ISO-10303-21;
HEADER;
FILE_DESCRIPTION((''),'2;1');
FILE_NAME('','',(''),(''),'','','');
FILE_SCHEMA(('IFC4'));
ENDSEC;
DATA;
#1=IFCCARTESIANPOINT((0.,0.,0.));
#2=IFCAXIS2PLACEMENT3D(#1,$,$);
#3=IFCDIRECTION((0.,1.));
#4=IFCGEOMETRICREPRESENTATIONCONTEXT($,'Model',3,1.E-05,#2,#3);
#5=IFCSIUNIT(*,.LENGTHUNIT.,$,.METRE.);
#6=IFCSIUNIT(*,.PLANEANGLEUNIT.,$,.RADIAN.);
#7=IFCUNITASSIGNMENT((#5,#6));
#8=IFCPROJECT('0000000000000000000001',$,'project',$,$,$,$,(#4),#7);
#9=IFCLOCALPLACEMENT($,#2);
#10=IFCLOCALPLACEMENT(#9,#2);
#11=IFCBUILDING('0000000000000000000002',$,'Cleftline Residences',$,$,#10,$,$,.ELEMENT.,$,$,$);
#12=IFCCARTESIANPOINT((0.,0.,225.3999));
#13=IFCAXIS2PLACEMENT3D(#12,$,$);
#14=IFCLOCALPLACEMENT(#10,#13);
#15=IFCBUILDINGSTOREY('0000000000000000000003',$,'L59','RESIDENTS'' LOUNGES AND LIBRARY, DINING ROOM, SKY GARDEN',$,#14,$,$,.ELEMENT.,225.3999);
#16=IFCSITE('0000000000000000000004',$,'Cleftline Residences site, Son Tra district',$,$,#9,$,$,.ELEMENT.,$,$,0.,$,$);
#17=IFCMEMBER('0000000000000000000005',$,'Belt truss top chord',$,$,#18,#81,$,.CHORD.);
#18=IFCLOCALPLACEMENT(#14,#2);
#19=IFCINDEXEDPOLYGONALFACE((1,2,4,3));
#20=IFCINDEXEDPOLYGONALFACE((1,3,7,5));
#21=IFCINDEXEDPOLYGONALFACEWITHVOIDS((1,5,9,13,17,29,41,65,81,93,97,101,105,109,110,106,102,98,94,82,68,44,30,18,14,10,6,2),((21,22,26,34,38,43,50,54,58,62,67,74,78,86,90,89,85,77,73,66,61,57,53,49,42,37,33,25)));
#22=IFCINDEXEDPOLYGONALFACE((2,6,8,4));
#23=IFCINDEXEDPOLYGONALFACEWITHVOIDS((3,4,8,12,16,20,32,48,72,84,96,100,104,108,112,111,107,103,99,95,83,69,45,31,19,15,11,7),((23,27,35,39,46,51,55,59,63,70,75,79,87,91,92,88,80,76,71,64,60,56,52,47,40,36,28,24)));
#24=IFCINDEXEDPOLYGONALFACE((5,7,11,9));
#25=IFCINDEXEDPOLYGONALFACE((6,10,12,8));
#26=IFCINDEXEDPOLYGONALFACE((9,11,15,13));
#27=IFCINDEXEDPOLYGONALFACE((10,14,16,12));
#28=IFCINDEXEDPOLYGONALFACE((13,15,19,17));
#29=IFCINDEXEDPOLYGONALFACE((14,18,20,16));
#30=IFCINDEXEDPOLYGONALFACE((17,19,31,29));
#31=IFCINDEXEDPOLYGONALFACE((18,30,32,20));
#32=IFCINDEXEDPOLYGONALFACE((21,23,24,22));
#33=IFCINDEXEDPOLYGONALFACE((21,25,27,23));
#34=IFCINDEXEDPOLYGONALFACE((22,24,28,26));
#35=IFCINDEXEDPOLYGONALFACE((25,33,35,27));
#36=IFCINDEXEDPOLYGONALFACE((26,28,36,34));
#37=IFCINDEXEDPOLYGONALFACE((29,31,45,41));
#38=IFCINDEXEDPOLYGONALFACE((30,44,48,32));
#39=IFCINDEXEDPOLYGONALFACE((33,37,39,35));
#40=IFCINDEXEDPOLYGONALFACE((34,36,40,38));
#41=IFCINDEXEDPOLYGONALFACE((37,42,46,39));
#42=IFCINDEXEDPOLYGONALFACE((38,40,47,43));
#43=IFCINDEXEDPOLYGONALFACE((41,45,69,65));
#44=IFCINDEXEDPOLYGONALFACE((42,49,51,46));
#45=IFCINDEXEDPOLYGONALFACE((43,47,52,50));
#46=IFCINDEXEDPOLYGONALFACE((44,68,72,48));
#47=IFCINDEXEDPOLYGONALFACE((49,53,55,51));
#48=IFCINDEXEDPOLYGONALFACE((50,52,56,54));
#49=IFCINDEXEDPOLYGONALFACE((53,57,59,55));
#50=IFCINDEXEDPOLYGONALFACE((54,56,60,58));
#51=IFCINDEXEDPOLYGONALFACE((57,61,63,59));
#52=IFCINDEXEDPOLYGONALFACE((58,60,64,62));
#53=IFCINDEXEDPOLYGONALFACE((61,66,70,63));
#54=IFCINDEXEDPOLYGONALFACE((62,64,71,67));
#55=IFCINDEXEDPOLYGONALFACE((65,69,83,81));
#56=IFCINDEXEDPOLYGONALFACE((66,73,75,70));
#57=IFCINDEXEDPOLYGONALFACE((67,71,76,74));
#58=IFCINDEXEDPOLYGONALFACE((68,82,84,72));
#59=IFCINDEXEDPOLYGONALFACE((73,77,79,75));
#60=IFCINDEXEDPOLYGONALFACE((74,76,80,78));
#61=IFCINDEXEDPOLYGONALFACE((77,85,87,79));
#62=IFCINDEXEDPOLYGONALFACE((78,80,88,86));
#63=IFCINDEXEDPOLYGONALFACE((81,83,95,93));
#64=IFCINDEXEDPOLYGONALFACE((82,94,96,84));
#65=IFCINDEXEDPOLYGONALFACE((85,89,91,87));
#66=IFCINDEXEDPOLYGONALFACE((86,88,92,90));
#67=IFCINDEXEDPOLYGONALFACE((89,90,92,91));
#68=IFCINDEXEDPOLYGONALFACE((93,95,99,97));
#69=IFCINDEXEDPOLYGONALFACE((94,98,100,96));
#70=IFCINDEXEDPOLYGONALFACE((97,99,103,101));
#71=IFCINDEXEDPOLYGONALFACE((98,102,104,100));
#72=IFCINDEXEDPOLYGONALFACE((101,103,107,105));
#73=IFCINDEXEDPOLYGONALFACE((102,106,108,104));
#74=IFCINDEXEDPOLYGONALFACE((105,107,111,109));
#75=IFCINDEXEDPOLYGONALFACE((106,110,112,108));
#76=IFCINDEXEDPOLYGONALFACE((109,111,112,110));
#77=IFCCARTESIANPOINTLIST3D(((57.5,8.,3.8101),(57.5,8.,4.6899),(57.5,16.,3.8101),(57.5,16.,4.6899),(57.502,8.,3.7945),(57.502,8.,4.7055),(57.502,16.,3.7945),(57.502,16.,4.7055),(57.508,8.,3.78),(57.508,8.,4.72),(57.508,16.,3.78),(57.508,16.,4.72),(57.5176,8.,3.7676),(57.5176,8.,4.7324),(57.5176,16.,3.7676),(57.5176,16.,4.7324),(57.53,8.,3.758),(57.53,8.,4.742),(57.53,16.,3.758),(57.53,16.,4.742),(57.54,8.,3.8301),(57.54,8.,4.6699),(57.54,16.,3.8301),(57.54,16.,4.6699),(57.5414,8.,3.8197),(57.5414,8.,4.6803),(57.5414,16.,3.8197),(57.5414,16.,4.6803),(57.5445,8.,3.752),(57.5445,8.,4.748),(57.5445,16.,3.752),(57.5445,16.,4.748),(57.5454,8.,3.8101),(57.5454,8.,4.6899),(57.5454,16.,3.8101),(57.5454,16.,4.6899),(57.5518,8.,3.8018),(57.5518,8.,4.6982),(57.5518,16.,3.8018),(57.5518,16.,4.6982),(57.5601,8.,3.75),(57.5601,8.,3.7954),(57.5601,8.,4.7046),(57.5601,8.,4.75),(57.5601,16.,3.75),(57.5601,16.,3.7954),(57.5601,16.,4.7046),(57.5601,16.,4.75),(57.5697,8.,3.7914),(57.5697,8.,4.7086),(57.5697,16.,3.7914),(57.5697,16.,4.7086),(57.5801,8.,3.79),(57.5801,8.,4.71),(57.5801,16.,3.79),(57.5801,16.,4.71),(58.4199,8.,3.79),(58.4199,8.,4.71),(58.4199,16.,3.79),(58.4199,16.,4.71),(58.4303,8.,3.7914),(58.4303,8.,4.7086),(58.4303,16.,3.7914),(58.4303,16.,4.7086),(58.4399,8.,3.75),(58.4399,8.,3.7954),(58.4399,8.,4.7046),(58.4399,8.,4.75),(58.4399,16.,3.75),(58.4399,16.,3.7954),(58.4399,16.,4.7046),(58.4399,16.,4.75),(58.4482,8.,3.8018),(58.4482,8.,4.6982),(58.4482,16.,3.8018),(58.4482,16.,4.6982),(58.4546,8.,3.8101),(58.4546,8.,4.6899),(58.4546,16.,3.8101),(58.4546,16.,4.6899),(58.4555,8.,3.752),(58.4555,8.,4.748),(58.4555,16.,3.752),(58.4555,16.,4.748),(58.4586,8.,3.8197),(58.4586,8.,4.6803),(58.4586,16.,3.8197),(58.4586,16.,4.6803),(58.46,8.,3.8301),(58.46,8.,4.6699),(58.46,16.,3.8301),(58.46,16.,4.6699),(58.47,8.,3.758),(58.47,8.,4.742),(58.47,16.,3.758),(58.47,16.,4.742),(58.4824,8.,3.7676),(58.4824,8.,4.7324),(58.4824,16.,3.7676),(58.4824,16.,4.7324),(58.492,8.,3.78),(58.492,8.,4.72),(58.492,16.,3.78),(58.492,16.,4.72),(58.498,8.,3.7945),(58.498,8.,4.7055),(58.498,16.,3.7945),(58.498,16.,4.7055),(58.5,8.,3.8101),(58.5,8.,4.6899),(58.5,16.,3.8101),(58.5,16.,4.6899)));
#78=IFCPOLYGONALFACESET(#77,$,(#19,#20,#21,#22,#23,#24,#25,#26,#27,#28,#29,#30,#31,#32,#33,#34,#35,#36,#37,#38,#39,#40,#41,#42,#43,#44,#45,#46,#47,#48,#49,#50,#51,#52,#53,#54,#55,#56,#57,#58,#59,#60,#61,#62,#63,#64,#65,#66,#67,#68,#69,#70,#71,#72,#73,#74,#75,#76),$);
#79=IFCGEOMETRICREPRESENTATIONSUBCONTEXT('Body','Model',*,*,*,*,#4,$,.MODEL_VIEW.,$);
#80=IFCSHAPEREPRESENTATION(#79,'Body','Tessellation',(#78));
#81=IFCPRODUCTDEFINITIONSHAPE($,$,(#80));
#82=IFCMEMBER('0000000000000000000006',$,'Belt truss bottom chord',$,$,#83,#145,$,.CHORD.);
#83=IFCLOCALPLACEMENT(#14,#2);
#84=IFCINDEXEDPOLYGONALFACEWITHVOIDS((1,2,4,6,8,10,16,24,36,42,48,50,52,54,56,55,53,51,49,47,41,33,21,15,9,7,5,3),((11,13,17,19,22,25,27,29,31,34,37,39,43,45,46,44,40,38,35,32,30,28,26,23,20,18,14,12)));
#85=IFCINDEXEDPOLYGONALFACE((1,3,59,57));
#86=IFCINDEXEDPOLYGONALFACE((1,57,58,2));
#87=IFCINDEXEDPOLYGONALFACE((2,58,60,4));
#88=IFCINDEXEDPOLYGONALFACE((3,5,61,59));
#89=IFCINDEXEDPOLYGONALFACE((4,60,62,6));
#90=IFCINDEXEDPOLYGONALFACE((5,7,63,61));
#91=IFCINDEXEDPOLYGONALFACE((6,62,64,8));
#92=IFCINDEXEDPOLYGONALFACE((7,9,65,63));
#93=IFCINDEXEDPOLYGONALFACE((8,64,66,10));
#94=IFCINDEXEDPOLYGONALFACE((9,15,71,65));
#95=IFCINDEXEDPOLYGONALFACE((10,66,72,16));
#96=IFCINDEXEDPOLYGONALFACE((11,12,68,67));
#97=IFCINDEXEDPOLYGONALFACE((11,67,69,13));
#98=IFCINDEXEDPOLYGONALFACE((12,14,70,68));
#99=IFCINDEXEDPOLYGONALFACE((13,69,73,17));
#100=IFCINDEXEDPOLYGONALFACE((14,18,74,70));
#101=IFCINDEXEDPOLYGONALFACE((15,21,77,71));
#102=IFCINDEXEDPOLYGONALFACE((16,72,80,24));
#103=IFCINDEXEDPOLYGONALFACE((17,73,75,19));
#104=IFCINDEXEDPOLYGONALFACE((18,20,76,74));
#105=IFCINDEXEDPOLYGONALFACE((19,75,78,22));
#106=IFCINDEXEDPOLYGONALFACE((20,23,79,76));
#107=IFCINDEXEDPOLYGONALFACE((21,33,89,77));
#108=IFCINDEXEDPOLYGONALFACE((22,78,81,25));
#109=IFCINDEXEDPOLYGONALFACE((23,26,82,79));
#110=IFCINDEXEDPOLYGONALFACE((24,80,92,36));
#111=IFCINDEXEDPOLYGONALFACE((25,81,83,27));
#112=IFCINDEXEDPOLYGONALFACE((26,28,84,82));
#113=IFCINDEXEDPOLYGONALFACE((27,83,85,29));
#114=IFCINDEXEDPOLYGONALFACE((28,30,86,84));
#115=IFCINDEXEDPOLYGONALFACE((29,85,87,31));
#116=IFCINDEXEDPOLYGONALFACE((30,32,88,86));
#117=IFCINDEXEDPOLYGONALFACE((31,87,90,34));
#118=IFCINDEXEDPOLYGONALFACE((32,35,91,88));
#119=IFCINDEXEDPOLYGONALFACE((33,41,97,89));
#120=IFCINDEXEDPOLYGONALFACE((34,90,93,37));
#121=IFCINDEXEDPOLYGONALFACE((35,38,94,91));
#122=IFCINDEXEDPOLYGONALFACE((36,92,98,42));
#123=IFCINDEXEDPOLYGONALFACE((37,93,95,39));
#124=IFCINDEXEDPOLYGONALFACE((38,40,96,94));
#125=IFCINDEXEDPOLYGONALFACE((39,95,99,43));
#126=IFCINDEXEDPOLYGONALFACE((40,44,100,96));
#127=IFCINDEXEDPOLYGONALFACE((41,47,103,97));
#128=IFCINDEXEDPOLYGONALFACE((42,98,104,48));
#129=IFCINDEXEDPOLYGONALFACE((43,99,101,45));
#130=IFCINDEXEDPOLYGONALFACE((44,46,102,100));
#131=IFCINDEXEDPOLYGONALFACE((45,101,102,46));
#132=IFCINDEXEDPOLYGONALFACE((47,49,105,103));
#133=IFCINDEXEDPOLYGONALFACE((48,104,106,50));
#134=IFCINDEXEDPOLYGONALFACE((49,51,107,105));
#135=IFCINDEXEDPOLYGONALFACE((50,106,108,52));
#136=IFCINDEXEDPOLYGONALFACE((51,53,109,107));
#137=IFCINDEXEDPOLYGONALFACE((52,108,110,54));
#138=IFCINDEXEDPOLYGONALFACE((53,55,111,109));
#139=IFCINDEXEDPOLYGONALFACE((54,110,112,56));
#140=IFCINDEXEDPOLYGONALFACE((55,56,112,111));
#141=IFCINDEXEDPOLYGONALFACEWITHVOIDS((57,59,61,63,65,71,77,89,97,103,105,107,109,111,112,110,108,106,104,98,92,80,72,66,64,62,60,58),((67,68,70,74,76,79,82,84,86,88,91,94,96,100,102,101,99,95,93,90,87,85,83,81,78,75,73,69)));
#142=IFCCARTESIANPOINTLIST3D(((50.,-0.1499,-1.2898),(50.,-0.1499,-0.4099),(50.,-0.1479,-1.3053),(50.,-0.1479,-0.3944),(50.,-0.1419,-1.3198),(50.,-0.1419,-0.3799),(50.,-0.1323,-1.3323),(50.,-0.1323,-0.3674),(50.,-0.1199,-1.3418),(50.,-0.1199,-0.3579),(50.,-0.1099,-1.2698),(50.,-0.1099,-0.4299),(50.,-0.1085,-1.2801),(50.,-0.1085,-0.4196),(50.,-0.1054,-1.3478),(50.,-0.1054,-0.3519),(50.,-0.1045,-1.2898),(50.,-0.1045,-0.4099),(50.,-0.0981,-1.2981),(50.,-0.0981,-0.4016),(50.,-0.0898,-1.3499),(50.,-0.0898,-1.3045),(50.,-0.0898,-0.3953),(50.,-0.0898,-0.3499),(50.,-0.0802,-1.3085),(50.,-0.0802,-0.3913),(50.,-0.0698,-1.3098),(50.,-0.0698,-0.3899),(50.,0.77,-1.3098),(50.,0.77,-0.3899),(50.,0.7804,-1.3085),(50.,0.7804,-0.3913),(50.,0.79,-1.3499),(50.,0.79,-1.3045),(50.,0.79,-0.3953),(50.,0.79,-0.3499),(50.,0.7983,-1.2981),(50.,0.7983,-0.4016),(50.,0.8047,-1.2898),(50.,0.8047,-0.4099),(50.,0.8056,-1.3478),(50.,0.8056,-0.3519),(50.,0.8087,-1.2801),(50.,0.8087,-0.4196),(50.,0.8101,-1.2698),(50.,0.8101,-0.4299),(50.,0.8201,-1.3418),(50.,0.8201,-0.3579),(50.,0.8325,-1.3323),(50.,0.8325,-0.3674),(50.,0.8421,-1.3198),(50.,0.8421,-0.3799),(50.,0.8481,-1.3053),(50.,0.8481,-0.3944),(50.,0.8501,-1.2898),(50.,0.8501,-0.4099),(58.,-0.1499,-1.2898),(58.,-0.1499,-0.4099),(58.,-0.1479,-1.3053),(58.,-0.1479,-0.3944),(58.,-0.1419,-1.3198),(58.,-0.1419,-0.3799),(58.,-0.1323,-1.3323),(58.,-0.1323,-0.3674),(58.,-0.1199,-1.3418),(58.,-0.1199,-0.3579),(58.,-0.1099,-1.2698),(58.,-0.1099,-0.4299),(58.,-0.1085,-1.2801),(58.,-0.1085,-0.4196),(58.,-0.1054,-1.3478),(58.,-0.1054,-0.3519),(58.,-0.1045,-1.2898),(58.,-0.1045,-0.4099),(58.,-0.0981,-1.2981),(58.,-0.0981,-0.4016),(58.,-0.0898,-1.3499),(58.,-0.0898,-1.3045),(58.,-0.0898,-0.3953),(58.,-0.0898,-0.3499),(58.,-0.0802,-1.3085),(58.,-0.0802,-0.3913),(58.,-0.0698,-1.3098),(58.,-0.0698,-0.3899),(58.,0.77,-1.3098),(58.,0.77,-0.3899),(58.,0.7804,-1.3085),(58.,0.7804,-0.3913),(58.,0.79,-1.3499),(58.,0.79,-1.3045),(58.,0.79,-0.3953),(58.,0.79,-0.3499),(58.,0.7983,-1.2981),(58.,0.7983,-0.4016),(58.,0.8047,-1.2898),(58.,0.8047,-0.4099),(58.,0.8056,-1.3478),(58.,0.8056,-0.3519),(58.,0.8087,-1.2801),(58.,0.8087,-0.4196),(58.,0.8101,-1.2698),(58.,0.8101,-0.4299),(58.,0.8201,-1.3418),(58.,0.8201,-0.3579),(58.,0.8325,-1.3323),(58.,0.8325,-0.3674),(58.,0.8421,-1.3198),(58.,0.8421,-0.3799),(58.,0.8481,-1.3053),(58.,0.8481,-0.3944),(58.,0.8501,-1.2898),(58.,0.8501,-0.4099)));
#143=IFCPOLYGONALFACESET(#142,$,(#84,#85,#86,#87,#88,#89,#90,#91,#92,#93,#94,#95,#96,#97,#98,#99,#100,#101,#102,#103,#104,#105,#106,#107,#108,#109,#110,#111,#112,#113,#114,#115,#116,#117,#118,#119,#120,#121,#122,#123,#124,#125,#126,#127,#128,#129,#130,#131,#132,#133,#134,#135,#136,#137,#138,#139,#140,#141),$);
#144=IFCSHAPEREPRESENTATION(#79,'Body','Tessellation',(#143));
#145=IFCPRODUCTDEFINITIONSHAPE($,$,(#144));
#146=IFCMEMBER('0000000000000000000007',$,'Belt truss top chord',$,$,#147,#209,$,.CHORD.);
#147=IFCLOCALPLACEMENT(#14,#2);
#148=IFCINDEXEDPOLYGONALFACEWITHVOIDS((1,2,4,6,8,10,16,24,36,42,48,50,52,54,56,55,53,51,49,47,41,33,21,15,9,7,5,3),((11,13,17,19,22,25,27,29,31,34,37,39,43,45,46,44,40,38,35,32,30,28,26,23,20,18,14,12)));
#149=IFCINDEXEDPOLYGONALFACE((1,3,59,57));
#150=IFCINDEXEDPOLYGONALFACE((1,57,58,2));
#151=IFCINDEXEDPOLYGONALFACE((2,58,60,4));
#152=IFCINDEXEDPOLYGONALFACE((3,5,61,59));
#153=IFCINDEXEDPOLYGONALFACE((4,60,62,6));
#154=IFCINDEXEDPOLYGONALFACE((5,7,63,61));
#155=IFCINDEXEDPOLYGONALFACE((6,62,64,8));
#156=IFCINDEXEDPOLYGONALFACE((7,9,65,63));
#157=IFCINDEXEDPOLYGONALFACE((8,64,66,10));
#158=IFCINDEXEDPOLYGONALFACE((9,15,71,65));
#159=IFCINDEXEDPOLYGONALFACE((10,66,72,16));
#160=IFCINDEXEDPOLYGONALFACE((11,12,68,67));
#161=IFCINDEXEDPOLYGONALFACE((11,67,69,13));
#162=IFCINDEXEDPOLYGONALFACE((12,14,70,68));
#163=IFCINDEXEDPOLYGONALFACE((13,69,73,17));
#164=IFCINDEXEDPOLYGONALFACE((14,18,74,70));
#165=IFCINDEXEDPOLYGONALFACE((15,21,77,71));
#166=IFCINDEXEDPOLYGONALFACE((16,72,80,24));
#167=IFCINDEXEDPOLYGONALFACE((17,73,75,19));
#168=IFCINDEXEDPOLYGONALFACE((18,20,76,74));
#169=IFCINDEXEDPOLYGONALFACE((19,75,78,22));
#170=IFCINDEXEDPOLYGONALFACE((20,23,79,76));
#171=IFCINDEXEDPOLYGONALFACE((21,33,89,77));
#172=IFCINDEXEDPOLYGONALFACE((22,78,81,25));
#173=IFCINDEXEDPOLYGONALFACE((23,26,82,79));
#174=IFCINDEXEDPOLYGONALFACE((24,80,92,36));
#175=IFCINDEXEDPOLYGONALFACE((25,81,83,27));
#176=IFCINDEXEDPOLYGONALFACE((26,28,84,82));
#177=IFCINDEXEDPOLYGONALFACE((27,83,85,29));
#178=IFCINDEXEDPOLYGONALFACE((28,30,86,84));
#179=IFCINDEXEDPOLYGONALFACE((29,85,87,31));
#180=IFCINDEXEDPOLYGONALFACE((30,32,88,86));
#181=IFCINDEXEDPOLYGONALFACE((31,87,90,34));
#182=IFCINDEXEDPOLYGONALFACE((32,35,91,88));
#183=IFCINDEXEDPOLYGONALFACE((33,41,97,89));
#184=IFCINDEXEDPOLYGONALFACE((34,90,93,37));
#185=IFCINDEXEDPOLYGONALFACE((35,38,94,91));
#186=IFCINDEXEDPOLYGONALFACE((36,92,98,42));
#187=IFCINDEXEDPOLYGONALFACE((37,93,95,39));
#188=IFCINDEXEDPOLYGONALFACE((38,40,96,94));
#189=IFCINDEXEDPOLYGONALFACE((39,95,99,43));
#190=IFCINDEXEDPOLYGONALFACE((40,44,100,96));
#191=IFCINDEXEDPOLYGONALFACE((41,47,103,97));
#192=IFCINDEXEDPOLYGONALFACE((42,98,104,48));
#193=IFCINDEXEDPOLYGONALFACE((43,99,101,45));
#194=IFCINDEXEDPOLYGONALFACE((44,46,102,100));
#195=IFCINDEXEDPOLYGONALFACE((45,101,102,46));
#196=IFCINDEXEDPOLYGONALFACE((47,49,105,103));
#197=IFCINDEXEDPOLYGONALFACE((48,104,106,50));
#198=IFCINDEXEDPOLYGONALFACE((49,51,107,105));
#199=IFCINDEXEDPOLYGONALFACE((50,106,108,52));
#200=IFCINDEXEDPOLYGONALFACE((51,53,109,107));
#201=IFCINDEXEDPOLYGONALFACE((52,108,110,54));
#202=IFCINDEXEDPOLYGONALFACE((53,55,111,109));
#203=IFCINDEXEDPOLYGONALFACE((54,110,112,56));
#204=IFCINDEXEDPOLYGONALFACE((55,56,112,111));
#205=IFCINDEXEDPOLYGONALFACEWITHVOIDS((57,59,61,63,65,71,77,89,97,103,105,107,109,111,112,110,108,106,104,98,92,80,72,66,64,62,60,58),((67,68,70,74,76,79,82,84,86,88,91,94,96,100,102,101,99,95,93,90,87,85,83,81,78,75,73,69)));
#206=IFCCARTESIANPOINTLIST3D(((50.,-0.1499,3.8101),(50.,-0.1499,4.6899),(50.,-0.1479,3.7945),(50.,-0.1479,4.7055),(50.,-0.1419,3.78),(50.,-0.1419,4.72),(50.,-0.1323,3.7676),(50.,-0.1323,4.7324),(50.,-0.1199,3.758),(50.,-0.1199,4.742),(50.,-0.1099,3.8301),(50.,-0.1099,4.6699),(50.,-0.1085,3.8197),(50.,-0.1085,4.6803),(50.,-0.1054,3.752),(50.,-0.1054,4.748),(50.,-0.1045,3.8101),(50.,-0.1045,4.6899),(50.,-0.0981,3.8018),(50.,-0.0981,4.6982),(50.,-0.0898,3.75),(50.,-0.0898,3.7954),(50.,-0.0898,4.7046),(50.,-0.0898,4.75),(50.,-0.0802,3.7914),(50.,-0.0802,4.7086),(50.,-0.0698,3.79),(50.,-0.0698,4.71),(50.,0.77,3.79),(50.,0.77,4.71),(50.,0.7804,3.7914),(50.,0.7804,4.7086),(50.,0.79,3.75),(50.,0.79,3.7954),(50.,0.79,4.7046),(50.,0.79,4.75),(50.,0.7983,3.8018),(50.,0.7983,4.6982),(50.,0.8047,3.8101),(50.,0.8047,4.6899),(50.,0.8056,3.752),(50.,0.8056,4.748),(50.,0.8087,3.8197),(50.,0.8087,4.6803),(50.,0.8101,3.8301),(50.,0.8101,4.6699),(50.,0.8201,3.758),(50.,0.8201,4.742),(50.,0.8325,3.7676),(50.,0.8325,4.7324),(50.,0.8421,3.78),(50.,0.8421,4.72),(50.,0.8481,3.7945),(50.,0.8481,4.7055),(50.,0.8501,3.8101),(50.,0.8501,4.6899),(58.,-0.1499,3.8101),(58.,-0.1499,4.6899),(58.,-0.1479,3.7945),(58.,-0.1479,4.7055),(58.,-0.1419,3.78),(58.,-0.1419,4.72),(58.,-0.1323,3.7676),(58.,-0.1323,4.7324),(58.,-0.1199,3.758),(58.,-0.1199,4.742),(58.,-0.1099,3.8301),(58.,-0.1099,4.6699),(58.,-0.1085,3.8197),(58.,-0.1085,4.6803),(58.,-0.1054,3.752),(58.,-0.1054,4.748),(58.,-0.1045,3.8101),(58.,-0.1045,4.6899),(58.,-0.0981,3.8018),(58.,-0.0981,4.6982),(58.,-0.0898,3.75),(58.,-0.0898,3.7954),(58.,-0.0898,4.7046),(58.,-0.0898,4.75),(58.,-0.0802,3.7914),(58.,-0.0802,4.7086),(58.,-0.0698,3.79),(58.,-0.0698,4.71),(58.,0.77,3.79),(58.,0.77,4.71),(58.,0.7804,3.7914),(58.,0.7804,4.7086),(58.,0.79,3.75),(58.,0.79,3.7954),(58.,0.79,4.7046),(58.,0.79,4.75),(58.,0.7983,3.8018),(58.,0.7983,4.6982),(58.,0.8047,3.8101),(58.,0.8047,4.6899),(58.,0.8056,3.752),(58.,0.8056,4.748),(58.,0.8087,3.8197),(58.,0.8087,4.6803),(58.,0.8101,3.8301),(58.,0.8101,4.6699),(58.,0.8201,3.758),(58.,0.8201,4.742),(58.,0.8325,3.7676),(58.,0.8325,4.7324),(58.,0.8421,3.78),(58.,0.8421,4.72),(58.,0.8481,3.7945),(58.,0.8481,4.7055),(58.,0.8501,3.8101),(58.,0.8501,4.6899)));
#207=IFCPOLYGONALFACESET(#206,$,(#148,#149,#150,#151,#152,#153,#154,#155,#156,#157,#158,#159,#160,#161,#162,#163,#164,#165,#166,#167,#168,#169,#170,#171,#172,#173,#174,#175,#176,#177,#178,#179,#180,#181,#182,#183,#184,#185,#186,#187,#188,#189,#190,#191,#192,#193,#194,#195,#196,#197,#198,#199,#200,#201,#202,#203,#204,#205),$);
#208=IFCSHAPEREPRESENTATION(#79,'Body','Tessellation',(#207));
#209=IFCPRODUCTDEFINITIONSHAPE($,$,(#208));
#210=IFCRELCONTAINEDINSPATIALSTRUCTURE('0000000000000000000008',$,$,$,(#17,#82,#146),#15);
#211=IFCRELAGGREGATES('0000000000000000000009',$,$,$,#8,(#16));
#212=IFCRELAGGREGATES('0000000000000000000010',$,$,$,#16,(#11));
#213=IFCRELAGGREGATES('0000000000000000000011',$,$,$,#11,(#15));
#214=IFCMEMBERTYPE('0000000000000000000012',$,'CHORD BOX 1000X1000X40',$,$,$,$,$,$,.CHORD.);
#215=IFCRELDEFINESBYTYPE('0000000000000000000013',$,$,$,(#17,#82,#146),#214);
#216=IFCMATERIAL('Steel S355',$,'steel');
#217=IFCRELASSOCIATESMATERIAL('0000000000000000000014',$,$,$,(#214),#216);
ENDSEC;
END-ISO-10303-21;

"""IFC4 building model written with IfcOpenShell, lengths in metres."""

from ifc_helpers import new_model, si_unit, direction, frame, origin, origin_2d, place, context, subcontext, project, spatial, hollow_rectangle, extrude, material, material_profile, profile_set, type_object, element, save


model = new_model("IFC4")

# Units and contexts
model_context = context("Model", 3, precision=1e-05, world=origin(), true_north=direction((0.0, 1.0)))
body_context = subcontext(model_context, "Body", "Model", "MODEL_VIEW")
ifc_project = project(units=[si_unit("LENGTHUNIT", "METRE"), si_unit("PLANEANGLEUNIT", "RADIAN")], contexts=[model_context])

# Site, building, storey
site_placement = place(None, origin())
site = spatial("IfcSite", under=ifc_project, at=site_placement, Name="Cleftline Residences site, Son Tra district", CompositionType="ELEMENT", RefElevation=0.0)
building_placement = place(site_placement, origin())
building = spatial("IfcBuilding", under=site, at=building_placement, Name="Cleftline Residences", CompositionType="ELEMENT")
storey_placement = place(building_placement, frame((0.0, 0.0, 225.3999)))
storey = spatial("IfcBuildingStorey", under=building, at=storey_placement, Name="L59", Description="RESIDENTS' LOUNGES AND LIBRARY, DINING ROOM, SKY GARDEN", CompositionType="ELEMENT", Elevation=225.3999)

# Members
ifc_material_1 = material(Name="Steel S355", Category="steel")
ifc_material_profile_1 = material_profile(ifc_material_1, hollow_rectangle(XDim=1.0, YDim=1.0, WallThickness=0.04, InnerFilletRadius=0.04, OuterFilletRadius=0.0601, at=origin_2d()))
ifc_profile_set_1 = profile_set([ifc_material_profile_1], Name="Steel S355")
member_type_1 = type_object("IfcMemberType", Name="CHORD BOX 1000X1000X40", PredefinedType="CHORD", material=ifc_profile_set_1)
for number, where, z_axis, x_axis, name in (
    (1, (58.0, 8.0, 4.25), (0.0, 1.0, 0.0), (-1.0, 0.0, 0.0), "Belt truss top chord"),
    (2, (50.0, 0.3501, -0.8499), (1.0, 0.0, 0.0), (0.0, 1.0, 0.0), "Belt truss bottom chord"),
    (3, (50.0, 0.3501, 4.25), (1.0, 0.0, 0.0), (0.0, 1.0, 0.0), "Belt truss top chord"),
):
    element("IfcMember", number, at=place(storey_placement, frame(where, z_axis=z_axis, x_axis=x_axis)), inside=storey, type_object=member_type_1, Name=name, PredefinedType="CHORD", context=body_context, shape_type="SweptSolid", body=[
        extrude(hollow_rectangle(XDim=1.0, YDim=1.0, WallThickness=0.04, InnerFilletRadius=0.04, OuterFilletRadius=0.0601, at=origin_2d()), origin(), (0.0, 0.0, 1.0), 8.0),
    ])

save(model, "model.ifc")
